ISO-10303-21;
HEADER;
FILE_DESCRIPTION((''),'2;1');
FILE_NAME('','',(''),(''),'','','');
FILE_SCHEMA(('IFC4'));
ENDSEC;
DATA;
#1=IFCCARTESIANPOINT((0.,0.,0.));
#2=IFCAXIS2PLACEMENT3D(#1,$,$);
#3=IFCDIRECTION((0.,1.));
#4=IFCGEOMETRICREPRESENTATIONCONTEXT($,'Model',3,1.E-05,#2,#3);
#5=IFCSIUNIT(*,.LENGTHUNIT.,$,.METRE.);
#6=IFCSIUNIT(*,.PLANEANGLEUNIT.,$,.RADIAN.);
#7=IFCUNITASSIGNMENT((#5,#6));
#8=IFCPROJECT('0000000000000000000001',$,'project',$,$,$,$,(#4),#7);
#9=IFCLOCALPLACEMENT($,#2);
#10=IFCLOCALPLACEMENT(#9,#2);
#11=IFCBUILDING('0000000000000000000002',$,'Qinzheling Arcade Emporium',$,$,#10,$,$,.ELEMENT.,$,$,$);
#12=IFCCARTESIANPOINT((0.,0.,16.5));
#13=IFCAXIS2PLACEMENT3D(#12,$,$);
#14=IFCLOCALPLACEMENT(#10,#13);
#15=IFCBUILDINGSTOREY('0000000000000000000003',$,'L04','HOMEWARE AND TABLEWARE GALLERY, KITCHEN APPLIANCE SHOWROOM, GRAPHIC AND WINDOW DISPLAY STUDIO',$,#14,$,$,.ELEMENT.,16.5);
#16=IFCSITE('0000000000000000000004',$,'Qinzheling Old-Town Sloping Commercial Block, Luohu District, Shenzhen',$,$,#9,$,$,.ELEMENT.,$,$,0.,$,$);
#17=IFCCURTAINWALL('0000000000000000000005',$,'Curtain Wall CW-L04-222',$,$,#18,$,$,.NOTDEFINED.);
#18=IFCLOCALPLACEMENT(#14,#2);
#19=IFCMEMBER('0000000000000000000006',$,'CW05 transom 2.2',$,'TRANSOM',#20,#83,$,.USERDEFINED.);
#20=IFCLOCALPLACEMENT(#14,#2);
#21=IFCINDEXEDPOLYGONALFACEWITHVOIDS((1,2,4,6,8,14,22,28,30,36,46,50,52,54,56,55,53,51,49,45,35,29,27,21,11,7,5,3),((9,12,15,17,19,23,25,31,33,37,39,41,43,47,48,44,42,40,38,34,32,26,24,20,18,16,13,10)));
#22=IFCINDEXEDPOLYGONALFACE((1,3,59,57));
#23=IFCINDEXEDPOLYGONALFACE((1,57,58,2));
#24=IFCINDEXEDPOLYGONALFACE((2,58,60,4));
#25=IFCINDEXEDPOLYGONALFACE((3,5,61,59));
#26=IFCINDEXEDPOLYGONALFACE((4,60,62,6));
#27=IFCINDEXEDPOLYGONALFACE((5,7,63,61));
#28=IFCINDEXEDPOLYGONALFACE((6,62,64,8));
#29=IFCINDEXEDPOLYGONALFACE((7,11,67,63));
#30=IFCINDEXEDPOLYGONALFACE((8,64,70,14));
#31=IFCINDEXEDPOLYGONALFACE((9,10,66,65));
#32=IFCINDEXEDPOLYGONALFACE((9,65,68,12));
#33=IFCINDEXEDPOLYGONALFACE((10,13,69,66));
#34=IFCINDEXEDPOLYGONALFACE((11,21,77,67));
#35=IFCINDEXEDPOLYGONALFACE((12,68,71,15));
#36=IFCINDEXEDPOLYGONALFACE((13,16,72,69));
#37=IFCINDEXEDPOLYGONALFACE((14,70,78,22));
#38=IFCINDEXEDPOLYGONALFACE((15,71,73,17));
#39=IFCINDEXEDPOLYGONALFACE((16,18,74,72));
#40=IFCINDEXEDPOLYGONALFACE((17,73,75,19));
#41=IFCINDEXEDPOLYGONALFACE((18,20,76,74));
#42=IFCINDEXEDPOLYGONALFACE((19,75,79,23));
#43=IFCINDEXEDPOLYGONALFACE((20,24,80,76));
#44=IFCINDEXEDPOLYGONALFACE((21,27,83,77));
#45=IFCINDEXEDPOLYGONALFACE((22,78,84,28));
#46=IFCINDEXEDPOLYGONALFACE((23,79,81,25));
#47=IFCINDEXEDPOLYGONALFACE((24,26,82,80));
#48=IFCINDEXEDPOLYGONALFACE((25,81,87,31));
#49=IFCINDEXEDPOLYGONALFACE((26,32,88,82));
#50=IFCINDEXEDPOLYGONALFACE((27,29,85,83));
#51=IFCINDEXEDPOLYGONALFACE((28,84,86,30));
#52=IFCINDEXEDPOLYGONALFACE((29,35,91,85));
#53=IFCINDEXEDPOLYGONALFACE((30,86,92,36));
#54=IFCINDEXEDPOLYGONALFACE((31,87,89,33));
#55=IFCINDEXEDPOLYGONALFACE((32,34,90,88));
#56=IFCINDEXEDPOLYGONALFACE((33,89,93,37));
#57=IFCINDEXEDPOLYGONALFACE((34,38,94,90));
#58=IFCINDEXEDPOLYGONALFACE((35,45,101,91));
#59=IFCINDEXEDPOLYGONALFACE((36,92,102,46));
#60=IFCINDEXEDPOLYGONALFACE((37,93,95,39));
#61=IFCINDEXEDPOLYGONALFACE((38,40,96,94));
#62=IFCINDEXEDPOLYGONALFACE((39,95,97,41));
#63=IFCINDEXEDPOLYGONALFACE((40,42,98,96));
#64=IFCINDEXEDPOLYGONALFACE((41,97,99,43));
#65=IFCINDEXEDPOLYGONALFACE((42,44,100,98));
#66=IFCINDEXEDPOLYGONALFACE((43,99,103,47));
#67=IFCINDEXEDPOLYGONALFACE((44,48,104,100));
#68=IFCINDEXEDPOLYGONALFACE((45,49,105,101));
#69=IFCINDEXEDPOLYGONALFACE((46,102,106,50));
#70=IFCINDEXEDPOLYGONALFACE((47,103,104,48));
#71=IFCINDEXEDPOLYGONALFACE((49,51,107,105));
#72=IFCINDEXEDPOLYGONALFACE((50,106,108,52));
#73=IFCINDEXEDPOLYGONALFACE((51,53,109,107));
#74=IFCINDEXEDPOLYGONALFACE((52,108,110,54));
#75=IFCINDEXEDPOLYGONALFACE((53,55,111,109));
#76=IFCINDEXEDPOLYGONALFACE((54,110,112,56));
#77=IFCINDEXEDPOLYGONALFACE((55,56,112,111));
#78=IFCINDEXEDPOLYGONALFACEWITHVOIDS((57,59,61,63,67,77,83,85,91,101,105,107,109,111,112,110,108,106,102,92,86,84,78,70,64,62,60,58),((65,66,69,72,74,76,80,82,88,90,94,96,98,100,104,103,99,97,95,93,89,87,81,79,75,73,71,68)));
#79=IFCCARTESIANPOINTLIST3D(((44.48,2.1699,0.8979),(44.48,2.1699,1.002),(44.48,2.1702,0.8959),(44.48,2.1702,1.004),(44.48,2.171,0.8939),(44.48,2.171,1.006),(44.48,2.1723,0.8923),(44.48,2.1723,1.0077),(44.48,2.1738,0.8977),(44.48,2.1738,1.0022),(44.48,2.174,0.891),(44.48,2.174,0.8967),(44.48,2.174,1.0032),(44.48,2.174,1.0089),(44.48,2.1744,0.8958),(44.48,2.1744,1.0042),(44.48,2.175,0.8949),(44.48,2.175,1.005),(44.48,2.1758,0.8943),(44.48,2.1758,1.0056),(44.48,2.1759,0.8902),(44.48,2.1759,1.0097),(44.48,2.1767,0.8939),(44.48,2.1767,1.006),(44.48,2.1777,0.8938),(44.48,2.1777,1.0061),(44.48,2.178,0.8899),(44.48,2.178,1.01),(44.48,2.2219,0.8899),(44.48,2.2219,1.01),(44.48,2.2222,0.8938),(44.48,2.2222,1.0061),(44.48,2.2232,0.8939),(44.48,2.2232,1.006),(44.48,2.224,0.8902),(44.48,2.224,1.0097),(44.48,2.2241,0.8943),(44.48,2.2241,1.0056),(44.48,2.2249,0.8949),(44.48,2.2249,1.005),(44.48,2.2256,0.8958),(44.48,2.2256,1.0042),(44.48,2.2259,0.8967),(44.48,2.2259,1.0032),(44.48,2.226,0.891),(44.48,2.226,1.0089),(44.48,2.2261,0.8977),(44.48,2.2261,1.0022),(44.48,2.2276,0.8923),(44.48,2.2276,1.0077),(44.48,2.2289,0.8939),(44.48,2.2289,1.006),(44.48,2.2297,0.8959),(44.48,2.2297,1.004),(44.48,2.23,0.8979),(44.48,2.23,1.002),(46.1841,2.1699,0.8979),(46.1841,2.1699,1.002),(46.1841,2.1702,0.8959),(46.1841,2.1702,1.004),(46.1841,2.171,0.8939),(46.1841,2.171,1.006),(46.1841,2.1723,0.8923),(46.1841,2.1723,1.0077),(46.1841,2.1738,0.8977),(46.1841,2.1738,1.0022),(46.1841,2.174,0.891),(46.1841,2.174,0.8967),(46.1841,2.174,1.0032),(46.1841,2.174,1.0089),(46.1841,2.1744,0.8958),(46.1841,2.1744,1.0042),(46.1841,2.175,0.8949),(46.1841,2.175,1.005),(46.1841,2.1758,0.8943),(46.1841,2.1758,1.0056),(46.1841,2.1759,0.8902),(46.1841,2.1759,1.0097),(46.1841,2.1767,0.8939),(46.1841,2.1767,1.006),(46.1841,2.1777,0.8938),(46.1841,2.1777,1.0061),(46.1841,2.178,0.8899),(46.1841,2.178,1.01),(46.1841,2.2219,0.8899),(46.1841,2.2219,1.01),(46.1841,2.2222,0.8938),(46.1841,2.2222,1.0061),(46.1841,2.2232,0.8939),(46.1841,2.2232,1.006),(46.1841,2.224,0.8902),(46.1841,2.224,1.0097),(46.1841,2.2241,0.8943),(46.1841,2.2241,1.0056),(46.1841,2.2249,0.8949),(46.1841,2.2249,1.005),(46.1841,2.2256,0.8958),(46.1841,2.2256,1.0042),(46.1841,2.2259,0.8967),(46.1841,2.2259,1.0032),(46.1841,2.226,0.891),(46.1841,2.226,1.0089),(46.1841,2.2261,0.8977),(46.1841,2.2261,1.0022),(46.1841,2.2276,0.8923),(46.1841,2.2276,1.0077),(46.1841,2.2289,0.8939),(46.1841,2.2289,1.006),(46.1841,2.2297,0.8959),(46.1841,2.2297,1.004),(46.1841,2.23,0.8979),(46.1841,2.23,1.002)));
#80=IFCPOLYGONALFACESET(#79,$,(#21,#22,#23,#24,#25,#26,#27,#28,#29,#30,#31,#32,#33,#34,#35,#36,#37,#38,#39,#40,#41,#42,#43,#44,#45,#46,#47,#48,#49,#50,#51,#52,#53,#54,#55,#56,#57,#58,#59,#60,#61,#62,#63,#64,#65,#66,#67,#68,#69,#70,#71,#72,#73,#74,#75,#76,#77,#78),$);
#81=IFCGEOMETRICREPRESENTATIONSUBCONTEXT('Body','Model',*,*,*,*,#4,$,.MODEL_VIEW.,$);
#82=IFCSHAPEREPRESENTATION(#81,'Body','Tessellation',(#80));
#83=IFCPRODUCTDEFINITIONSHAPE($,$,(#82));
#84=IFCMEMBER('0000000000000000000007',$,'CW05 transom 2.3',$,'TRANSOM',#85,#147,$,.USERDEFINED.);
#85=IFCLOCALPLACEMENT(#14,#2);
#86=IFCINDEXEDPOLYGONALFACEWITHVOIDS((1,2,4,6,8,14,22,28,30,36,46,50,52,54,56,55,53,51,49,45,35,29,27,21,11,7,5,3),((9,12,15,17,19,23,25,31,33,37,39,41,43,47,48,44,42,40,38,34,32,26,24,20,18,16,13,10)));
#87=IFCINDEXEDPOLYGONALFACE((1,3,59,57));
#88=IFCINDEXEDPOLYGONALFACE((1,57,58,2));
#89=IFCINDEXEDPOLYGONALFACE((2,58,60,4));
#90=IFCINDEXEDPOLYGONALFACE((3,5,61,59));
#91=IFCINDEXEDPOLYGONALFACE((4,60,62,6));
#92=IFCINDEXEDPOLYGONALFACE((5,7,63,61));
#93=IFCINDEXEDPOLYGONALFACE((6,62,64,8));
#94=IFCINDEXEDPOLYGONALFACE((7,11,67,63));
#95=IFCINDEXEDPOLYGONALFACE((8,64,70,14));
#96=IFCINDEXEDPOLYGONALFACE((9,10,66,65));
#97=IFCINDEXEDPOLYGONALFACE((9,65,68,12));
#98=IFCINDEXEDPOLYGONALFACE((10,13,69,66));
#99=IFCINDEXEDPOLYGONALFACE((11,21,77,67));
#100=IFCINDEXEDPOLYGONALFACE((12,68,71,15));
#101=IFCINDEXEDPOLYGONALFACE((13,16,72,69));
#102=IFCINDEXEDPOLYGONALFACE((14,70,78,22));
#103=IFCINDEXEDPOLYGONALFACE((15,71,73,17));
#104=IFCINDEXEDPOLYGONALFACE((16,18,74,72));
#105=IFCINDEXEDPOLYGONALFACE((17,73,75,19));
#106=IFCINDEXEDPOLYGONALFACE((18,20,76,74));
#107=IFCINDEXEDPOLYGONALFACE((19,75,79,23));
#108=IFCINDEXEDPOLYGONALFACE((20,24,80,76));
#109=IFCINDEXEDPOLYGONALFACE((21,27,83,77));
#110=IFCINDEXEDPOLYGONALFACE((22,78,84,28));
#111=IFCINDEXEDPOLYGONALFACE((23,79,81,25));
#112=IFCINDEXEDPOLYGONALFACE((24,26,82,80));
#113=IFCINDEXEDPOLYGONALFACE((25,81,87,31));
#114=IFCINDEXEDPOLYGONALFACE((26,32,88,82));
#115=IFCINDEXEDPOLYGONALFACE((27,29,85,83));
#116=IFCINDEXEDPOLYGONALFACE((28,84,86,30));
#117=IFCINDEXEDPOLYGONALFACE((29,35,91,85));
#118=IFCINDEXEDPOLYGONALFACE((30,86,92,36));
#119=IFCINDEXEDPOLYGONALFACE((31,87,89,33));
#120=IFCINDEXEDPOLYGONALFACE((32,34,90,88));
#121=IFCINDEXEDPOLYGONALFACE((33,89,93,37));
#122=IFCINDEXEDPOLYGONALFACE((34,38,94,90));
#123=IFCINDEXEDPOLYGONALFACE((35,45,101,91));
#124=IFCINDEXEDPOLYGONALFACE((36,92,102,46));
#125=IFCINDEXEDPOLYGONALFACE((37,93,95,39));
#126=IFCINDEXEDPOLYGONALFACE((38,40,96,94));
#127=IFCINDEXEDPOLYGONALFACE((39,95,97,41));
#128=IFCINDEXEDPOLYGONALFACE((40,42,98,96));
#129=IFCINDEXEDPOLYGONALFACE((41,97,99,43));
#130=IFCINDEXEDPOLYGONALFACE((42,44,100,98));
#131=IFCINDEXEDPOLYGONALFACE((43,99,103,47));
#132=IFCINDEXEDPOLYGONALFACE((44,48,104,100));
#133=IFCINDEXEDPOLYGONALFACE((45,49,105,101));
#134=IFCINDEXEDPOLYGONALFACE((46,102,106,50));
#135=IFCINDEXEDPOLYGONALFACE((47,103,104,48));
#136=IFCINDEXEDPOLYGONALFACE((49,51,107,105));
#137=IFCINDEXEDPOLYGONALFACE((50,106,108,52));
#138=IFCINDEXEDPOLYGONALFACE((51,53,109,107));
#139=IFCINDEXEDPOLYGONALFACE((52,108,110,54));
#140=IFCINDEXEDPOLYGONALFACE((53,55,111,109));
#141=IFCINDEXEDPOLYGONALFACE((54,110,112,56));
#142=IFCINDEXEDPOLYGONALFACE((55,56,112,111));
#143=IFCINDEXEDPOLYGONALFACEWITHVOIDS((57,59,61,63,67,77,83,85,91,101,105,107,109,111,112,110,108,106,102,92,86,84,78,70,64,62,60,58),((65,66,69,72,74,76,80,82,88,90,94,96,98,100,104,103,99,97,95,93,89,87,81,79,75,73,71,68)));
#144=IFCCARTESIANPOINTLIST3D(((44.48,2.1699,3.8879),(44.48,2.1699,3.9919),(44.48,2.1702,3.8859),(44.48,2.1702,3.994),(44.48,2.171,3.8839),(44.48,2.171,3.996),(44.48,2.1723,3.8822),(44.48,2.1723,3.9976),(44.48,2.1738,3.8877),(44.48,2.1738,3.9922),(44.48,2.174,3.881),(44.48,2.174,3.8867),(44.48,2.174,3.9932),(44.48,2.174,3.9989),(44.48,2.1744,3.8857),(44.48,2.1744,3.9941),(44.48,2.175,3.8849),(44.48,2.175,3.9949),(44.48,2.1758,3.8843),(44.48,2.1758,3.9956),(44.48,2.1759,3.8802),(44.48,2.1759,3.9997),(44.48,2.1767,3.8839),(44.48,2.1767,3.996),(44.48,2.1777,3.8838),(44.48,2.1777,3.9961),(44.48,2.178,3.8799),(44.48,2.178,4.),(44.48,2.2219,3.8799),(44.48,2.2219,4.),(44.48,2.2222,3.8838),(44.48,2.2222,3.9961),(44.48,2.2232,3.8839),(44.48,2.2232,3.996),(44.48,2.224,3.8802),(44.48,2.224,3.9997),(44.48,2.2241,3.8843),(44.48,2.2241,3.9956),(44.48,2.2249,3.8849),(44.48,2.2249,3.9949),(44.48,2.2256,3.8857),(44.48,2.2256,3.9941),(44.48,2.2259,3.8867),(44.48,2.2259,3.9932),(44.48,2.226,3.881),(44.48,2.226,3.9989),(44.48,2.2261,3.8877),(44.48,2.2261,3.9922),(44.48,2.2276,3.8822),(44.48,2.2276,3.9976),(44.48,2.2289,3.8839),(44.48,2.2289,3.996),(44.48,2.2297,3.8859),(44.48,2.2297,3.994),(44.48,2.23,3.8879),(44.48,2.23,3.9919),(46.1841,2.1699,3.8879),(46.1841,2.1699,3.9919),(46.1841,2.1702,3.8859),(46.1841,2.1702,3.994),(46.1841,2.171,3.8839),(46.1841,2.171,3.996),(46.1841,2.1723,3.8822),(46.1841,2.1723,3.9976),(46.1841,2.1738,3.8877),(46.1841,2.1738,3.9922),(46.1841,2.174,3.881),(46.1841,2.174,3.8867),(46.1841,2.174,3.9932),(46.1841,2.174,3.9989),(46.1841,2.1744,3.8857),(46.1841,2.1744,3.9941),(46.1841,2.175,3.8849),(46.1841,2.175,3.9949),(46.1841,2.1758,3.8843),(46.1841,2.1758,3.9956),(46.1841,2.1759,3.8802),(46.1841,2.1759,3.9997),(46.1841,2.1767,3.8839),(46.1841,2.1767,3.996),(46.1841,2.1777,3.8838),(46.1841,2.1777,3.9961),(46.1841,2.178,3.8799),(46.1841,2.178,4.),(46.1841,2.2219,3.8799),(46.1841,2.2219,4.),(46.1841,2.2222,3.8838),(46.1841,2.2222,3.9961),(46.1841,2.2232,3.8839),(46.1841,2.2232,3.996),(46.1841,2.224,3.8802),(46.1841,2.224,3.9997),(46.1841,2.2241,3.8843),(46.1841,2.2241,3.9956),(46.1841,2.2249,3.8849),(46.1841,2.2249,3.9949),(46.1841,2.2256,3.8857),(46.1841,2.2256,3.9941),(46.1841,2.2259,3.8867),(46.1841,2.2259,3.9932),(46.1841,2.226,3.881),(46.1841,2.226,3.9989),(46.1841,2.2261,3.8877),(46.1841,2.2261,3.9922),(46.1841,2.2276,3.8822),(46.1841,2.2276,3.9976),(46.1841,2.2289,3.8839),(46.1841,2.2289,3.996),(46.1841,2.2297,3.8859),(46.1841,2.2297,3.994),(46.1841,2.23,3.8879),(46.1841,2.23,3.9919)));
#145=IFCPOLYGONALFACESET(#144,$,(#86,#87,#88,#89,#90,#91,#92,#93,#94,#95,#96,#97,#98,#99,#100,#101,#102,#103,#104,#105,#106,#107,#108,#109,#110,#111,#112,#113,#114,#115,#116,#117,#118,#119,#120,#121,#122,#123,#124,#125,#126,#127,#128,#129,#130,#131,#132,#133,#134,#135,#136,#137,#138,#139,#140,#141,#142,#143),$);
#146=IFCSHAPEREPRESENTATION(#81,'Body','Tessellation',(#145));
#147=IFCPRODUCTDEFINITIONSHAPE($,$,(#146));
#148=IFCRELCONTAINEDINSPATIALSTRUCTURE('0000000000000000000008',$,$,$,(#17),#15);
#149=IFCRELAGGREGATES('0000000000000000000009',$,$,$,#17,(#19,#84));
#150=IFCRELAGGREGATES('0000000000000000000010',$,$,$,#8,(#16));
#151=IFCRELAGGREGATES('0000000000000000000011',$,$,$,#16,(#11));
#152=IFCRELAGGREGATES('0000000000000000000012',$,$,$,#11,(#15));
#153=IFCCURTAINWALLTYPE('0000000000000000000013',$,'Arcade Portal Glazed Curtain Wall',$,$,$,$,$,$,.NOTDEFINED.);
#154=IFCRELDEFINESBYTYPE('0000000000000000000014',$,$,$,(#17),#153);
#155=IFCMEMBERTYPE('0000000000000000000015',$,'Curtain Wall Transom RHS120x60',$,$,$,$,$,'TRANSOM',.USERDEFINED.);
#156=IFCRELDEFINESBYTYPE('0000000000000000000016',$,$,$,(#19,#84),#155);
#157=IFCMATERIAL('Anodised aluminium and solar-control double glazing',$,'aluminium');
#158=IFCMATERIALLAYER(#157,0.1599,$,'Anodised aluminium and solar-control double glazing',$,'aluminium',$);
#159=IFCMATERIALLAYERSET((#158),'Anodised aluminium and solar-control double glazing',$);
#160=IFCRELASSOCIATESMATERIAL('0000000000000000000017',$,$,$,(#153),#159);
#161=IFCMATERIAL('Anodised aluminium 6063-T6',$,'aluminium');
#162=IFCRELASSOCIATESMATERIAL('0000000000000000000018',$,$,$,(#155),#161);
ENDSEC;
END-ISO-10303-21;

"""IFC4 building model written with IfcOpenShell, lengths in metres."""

from ifc_helpers import new_model, si_unit, direction, frame, origin, origin_2d, place, context, subcontext, project, spatial, hollow_rectangle, extrude, material, layer, layer_set, material_profile, profile_set, type_object, element, aggregate, save


model = new_model("IFC4")

# Units and contexts
model_context = context("Model", 3, precision=1e-05, world=origin(), true_north=direction((0.0, 1.0)))
body_context = subcontext(model_context, "Body", "Model", "MODEL_VIEW")
ifc_project = project(units=[si_unit("LENGTHUNIT", "METRE"), si_unit("PLANEANGLEUNIT", "RADIAN")], contexts=[model_context])

# Site, building, storey
site_placement = place(None, origin())
site = spatial("IfcSite", under=ifc_project, at=site_placement, Name="Qinzheling Old-Town Sloping Commercial Block, Luohu District, Shenzhen", CompositionType="ELEMENT", RefElevation=0.0)
building_placement = place(site_placement, origin())
building = spatial("IfcBuilding", under=site, at=building_placement, Name="Qinzheling Arcade Emporium", CompositionType="ELEMENT")
storey_placement = place(building_placement, frame((0.0, 0.0, 16.5)))
storey = spatial("IfcBuildingStorey", under=building, at=storey_placement, Name="L04", Description="HOMEWARE AND TABLEWARE GALLERY, KITCHEN APPLIANCE SHOWROOM, GRAPHIC AND WINDOW DISPLAY STUDIO", CompositionType="ELEMENT", Elevation=16.5)

# Curtain wall
ifc_material_1 = material(Name="Anodised aluminium and solar-control double glazing", Category="aluminium")
ifc_layer_1 = layer(ifc_material_1, 0.1599, Name="Anodised aluminium and solar-control double glazing", Category="aluminium")
ifc_layer_set_1 = layer_set([ifc_layer_1], Name="Anodised aluminium and solar-control double glazing")
curtain_wall_type_1 = type_object("IfcCurtainWallType", Name="Arcade Portal Glazed Curtain Wall", PredefinedType="NOTDEFINED", material=ifc_layer_set_1)
ifc_material_2 = material(Name="Anodised aluminium 6063-T6", Category="aluminium")
curtain_wall_1_placement = place(storey_placement, origin())
curtain_wall_1 = element("IfcCurtainWall", 1, at=curtain_wall_1_placement, inside=storey, type_object=curtain_wall_type_1, Name="Curtain Wall CW-L04-222", PredefinedType="NOTDEFINED")

# Members
ifc_material_profile_1 = material_profile(ifc_material_2, hollow_rectangle(XDim=0.0601, YDim=0.1201, WallThickness=0.0039, InnerFilletRadius=0.0039, OuterFilletRadius=0.0081, at=origin_2d()), Name="RHS 120x60x4", Category="aluminium")
ifc_profile_set_1 = profile_set([ifc_material_profile_1], Name="Anodised aluminium 6063-T6")
member_type_1 = type_object("IfcMemberType", Name="Curtain Wall Transom RHS120x60", ElementType="TRANSOM", PredefinedType="USERDEFINED", material=ifc_profile_set_1)
member_1_placement = place(storey_placement, frame((46.1841, 2.2, 0.95), z_axis=(-1.0, 0.0, 0.0), x_axis=(0.0, -1.0, 0.0)))
member_1 = element("IfcMember", 2, at=member_1_placement, type_object=member_type_1, Name="CW05 transom 2.2", ObjectType="TRANSOM", PredefinedType="USERDEFINED", context=body_context, shape_type="SweptSolid", body=[
    extrude(hollow_rectangle(XDim=0.0601, YDim=0.1201, WallThickness=0.0039, InnerFilletRadius=0.0039, OuterFilletRadius=0.0081, at=origin_2d()), origin(), (0.0, 0.0, 1.0), 1.7041),
])
member_2_placement = place(storey_placement, frame((46.1841, 2.2, 3.9399), z_axis=(-1.0, 0.0, 0.0), x_axis=(0.0, -1.0, 0.0)))
member_2 = element("IfcMember", 3, at=member_2_placement, type_object=member_type_1, Name="CW05 transom 2.3", ObjectType="TRANSOM", PredefinedType="USERDEFINED", context=body_context, shape_type="SweptSolid", body=[
    extrude(hollow_rectangle(XDim=0.0601, YDim=0.1201, WallThickness=0.0039, InnerFilletRadius=0.0039, OuterFilletRadius=0.0081, at=origin_2d()), origin(), (0.0, 0.0, 1.0), 1.7041),
])

aggregate(curtain_wall_1, [member_1, member_2])

save(model, "model.ifc")
